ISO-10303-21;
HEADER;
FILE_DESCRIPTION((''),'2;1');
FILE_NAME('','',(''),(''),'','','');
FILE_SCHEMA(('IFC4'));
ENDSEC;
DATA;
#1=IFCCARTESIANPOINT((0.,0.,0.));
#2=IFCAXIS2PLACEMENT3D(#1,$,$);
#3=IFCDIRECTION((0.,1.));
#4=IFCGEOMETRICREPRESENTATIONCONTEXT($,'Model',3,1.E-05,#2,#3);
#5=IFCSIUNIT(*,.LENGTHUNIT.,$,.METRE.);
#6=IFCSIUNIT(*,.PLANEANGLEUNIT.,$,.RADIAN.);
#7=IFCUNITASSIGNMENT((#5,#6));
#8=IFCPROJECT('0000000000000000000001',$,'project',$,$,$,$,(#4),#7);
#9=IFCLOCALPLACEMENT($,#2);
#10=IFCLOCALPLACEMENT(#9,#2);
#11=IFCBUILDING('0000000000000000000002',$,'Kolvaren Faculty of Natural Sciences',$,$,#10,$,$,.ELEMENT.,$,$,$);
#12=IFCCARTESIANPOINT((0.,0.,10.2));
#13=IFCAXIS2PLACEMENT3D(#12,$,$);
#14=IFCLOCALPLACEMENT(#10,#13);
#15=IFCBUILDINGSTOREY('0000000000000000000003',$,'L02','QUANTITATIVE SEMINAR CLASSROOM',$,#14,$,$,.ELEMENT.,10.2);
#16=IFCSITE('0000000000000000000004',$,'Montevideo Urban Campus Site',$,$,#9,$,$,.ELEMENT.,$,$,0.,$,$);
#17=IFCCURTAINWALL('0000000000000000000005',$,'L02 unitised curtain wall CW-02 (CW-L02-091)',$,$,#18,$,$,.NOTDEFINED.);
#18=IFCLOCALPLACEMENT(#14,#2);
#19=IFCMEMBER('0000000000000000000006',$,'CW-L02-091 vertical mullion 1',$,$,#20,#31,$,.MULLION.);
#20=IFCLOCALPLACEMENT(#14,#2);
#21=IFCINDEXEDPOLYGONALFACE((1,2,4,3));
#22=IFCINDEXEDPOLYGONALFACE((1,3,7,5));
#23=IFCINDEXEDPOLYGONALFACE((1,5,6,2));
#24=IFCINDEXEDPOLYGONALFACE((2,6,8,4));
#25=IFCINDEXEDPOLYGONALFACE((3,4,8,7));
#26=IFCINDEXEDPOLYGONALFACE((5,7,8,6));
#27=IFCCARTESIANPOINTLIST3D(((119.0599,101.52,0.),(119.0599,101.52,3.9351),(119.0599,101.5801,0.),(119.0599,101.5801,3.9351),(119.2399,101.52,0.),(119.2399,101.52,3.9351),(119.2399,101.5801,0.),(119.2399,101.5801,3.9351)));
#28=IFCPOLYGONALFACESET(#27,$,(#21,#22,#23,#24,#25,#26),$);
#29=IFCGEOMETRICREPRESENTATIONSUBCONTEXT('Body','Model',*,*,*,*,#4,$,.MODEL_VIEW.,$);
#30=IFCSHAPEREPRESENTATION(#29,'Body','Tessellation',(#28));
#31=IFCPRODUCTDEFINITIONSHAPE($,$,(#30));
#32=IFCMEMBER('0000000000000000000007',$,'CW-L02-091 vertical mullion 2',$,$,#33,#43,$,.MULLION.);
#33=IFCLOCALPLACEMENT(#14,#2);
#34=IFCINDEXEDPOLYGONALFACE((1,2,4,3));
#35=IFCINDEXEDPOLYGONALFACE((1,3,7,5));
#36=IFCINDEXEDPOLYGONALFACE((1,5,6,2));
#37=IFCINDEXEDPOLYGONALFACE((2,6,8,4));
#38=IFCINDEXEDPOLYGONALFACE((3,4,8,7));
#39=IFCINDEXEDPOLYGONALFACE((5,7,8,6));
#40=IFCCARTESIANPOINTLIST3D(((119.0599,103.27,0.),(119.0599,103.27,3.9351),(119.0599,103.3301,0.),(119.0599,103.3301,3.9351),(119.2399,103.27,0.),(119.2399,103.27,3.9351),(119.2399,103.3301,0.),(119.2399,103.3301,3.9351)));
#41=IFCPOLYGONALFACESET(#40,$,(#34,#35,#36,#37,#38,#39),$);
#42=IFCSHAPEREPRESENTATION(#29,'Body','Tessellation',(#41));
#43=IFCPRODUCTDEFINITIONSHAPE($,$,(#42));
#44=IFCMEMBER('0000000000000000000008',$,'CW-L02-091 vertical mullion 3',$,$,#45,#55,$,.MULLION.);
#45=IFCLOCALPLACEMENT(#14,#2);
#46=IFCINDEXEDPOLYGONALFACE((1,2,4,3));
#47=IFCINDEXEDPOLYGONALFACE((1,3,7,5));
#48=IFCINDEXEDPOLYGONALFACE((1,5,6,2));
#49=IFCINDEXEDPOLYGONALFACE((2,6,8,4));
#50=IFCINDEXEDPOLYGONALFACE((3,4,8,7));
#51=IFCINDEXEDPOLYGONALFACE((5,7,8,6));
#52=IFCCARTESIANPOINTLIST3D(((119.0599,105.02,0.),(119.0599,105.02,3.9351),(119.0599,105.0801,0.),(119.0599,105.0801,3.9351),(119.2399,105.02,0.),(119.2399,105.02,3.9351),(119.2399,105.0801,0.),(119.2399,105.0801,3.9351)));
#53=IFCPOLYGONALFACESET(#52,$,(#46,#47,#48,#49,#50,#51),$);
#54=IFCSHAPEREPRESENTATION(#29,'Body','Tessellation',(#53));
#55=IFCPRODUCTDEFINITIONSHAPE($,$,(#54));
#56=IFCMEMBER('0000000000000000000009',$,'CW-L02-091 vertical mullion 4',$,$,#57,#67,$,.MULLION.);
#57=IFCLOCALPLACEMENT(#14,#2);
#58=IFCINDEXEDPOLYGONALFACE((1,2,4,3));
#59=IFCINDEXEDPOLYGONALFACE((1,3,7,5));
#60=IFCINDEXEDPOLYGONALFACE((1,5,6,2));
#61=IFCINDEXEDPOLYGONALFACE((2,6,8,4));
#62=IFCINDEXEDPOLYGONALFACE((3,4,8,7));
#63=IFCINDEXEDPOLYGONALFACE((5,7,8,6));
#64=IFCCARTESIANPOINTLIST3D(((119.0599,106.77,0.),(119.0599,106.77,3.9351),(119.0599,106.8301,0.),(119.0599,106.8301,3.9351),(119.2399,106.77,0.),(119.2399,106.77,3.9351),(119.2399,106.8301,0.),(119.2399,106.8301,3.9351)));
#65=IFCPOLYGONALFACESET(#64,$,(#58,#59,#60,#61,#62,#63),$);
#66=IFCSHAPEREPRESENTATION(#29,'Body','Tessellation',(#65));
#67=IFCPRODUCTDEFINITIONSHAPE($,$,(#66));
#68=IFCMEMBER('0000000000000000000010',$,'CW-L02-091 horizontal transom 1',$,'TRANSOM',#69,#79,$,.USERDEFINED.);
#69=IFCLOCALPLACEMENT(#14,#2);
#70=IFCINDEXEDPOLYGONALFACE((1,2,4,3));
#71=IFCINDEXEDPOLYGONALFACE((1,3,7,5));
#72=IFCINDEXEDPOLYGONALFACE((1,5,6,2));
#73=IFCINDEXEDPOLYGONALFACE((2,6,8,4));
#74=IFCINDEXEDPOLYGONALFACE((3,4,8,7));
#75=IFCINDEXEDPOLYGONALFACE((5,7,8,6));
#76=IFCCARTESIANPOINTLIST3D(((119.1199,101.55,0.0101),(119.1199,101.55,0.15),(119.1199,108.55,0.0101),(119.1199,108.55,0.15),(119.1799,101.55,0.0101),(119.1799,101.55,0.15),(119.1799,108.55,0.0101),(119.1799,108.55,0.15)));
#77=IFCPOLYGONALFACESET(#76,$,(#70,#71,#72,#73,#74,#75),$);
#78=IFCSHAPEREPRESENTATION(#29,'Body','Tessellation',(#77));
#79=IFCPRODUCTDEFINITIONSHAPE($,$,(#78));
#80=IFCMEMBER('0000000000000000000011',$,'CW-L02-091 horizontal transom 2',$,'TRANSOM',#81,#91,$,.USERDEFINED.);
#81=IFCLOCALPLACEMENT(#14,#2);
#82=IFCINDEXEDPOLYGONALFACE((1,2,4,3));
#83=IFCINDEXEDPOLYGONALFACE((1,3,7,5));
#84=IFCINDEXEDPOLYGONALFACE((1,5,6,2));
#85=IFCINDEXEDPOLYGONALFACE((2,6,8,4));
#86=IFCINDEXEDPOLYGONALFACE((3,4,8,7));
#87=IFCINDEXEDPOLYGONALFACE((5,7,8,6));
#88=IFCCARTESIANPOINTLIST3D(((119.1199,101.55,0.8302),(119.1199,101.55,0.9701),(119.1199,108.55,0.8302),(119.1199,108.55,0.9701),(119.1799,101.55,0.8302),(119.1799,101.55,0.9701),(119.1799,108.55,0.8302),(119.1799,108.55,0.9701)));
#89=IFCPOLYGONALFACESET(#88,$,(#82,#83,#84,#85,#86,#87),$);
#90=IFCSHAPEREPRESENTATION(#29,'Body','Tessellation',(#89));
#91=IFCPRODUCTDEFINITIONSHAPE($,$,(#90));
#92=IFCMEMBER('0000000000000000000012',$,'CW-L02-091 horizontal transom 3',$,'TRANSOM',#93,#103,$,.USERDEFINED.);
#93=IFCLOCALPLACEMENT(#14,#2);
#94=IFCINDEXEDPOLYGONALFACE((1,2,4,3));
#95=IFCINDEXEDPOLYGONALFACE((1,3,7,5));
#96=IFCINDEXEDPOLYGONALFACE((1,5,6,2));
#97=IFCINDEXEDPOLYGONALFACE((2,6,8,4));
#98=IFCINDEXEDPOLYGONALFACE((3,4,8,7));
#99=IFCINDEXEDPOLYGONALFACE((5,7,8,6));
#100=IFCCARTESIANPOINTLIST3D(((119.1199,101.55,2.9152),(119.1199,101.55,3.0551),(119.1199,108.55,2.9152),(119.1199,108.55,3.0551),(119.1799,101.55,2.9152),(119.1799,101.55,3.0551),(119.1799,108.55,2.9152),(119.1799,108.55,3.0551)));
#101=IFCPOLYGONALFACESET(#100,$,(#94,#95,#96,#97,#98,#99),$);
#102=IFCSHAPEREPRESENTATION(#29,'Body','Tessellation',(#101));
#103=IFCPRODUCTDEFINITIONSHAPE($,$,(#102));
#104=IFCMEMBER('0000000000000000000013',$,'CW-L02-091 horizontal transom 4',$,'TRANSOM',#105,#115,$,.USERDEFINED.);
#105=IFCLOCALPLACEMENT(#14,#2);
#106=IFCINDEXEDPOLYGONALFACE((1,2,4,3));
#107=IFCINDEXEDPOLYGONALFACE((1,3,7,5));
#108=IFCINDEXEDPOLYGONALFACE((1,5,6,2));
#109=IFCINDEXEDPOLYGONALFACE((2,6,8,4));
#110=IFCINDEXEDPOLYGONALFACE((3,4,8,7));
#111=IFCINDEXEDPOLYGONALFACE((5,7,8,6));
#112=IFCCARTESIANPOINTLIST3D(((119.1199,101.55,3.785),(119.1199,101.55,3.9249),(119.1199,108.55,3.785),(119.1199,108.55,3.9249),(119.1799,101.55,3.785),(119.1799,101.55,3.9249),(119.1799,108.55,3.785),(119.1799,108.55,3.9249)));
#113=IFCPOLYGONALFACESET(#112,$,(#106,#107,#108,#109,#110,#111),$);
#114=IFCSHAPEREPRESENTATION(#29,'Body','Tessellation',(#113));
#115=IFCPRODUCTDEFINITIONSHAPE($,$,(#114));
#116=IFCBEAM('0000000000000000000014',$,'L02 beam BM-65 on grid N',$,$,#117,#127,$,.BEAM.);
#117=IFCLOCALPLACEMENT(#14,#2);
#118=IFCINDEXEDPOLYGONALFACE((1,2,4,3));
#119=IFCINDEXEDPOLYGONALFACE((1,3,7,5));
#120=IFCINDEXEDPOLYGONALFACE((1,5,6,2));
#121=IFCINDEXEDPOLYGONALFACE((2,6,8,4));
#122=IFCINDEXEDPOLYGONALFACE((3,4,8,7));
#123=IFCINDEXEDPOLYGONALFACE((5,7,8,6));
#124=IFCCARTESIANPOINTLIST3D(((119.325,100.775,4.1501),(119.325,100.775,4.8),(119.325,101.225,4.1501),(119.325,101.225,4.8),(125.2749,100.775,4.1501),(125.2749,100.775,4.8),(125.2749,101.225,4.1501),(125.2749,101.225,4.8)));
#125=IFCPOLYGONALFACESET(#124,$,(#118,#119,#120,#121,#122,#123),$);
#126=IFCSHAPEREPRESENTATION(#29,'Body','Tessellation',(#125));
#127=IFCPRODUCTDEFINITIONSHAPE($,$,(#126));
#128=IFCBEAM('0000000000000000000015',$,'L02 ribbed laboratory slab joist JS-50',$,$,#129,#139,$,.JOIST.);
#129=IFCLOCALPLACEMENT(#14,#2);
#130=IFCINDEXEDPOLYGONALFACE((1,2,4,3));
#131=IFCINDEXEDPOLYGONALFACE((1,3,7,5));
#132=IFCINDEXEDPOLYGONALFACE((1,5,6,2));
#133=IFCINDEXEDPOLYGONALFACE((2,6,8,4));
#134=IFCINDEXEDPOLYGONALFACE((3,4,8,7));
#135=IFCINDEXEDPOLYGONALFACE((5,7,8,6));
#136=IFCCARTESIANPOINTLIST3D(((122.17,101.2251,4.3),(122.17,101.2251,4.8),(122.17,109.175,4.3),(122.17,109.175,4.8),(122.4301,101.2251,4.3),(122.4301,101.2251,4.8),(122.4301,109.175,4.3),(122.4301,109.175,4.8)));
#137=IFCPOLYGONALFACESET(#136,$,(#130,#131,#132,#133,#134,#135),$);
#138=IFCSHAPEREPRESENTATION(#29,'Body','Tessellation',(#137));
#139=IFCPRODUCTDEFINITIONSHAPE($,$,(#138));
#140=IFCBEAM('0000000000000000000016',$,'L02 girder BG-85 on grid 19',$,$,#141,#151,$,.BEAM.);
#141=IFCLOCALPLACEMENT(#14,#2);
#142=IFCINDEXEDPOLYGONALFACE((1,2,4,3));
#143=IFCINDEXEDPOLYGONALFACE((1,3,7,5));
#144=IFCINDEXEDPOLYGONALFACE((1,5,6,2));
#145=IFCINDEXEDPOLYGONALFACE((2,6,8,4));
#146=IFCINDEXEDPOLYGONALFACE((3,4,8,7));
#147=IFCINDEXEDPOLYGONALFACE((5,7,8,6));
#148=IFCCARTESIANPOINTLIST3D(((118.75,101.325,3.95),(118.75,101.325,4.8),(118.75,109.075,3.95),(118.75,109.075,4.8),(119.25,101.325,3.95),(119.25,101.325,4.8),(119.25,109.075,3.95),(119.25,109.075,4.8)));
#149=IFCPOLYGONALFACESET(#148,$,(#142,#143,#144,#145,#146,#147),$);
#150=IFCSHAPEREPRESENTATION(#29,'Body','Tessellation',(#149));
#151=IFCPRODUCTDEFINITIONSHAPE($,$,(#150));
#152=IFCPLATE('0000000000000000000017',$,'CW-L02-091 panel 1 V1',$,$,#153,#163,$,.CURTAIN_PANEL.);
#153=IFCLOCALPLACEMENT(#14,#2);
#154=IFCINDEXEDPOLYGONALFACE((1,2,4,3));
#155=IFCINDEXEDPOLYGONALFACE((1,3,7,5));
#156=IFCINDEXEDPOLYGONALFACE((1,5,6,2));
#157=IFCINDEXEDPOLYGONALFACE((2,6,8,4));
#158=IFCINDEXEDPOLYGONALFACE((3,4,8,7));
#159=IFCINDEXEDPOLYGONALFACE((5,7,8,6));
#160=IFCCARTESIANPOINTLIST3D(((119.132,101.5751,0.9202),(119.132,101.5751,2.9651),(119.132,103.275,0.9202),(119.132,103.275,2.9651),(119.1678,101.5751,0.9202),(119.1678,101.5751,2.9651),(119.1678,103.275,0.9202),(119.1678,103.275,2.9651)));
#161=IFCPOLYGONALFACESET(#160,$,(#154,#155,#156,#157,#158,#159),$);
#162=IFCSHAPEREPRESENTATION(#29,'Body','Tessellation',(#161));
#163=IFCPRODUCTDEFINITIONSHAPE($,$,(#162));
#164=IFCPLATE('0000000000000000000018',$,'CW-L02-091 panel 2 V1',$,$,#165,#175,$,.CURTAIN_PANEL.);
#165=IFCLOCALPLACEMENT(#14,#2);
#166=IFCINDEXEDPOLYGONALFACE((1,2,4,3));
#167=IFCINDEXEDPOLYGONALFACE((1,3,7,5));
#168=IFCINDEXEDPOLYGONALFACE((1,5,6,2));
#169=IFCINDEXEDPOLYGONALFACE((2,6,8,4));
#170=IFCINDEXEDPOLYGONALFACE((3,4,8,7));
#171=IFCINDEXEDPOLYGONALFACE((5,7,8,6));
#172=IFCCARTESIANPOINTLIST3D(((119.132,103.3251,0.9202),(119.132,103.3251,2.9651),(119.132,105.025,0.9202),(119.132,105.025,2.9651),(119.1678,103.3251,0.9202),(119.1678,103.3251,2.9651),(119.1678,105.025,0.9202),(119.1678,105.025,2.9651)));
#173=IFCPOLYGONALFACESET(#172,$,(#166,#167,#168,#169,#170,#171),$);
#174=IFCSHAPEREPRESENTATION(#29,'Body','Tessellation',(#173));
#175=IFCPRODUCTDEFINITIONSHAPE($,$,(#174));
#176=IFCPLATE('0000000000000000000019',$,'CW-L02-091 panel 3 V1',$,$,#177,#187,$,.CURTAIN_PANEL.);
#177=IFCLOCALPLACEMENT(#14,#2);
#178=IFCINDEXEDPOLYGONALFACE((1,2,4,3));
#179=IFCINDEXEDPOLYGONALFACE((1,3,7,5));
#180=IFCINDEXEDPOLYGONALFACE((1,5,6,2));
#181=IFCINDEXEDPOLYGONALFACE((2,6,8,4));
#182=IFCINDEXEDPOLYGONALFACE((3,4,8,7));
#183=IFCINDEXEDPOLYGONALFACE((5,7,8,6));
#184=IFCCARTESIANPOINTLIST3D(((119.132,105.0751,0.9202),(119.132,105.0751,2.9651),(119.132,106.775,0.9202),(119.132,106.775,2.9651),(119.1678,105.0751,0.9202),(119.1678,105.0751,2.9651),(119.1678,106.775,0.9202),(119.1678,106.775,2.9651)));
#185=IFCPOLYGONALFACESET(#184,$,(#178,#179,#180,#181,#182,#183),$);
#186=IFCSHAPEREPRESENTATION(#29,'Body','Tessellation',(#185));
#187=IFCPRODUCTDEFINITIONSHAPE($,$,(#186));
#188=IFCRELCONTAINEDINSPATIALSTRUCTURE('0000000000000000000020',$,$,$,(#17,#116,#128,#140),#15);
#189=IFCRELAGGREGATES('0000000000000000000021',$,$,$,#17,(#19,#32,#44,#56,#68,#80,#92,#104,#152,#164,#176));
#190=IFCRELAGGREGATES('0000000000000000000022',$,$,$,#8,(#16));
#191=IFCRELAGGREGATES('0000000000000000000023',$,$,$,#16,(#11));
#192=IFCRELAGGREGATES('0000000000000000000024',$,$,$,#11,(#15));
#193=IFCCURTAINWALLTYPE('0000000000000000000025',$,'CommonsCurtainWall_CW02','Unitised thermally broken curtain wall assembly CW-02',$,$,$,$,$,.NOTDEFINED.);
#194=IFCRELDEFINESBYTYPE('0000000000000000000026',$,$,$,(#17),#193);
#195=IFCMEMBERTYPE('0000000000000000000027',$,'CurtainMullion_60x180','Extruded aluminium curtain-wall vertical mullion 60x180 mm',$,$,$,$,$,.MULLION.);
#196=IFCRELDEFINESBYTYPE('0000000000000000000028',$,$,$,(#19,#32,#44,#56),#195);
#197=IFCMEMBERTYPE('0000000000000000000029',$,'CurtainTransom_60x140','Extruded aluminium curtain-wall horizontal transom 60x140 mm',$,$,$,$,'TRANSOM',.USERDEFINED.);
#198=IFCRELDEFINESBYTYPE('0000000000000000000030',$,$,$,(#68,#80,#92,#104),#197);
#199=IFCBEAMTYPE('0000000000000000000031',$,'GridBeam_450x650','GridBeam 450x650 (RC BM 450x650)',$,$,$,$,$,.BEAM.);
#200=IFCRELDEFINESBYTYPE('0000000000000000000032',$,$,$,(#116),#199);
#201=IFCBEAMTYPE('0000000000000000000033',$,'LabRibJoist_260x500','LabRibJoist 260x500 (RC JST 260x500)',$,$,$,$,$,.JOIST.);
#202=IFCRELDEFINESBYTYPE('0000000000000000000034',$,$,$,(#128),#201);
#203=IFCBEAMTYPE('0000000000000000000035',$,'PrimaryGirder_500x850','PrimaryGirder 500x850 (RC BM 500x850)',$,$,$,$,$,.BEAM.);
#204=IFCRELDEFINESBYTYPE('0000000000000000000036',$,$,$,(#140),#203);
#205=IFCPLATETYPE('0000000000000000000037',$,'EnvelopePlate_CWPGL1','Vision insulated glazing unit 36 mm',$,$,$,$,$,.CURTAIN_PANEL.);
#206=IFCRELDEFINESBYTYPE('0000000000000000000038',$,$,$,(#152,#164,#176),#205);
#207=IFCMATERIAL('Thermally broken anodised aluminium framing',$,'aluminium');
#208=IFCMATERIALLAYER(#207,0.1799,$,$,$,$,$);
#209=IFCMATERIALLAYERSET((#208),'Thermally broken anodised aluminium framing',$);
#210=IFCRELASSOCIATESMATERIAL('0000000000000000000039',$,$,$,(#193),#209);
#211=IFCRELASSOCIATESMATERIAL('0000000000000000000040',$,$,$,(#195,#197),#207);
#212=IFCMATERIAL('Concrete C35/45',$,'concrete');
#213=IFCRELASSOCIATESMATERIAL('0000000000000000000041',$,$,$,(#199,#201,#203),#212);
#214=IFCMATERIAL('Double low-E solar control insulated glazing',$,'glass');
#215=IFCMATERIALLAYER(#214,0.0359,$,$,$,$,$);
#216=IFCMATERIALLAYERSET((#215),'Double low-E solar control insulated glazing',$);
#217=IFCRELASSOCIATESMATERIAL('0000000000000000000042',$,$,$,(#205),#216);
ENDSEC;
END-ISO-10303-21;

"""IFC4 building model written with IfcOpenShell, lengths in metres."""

from ifc_helpers import new_model, si_unit, direction, frame, origin, origin_2d, place, context, subcontext, project, spatial, rectangle, extrude, material, layer, layer_set, material_profile, profile_set, type_object, element, aggregate, save


model = new_model("IFC4")

# Units and contexts
model_context = context("Model", 3, precision=1e-05, world=origin(), true_north=direction((0.0, 1.0)))
body_context = subcontext(model_context, "Body", "Model", "MODEL_VIEW")
ifc_project = project(units=[si_unit("LENGTHUNIT", "METRE"), si_unit("PLANEANGLEUNIT", "RADIAN")], contexts=[model_context])

# Site, building, storey
site_placement = place(None, origin())
site = spatial("IfcSite", under=ifc_project, at=site_placement, Name="Montevideo Urban Campus Site", CompositionType="ELEMENT", RefElevation=0.0)
building_placement = place(site_placement, origin())
building = spatial("IfcBuilding", under=site, at=building_placement, Name="Kolvaren Faculty of Natural Sciences", CompositionType="ELEMENT")
storey_placement = place(building_placement, frame((0.0, 0.0, 10.2)))
storey = spatial("IfcBuildingStorey", under=building, at=storey_placement, Name="L02", Description="QUANTITATIVE SEMINAR CLASSROOM", CompositionType="ELEMENT", Elevation=10.2)

# Curtain wall, members
ifc_material_1 = material(Name="Thermally broken anodised aluminium framing", Category="aluminium")
ifc_layer_1 = layer(ifc_material_1, 0.1799)
ifc_layer_set_1 = layer_set([ifc_layer_1], Name="Thermally broken anodised aluminium framing")
curtain_wall_type = type_object("IfcCurtainWallType", Name="CommonsCurtainWall_CW02", Description="Unitised thermally broken curtain wall assembly CW-02", PredefinedType="NOTDEFINED", material=ifc_layer_set_1)
curtain_wall_placement = place(storey_placement, origin())
curtain_wall = element("IfcCurtainWall", 1, at=curtain_wall_placement, inside=storey, type_object=curtain_wall_type, Name="L02 unitised curtain wall CW-02 (CW-L02-091)", PredefinedType="NOTDEFINED")
ifc_material_profile_1 = material_profile(ifc_material_1, rectangle(XDim=0.0601, YDim=0.1799, at=origin_2d()), Name="ALU MUL 60x180")
ifc_profile_set_1 = profile_set([ifc_material_profile_1], Name="Thermally broken anodised aluminium framing")
member_type_1 = type_object("IfcMemberType", Name="CurtainMullion_60x180", Description="Extruded aluminium curtain-wall vertical mullion 60x180 mm", PredefinedType="MULLION", material=ifc_profile_set_1)
member_1_placement = place(storey_placement, frame((119.1499, 101.55, 0.0), z_axis=(0.0, 0.0, 1.0), x_axis=(0.0, 1.0, 0.0)))
member_1 = element("IfcMember", 2, at=member_1_placement, type_object=member_type_1, Name="CW-L02-091 vertical mullion 1", PredefinedType="MULLION", context=body_context, shape_type="SweptSolid", body=[
    extrude(rectangle(XDim=0.0601, YDim=0.1799, at=origin_2d()), origin(), (0.0, 0.0, 1.0), 3.9351),
])
member_2_placement = place(storey_placement, frame((119.1499, 103.3, 0.0), z_axis=(0.0, 0.0, 1.0), x_axis=(0.0, 1.0, 0.0)))
member_2 = element("IfcMember", 3, at=member_2_placement, type_object=member_type_1, Name="CW-L02-091 vertical mullion 2", PredefinedType="MULLION", context=body_context, shape_type="SweptSolid", body=[
    extrude(rectangle(XDim=0.0601, YDim=0.1799, at=origin_2d()), origin(), (0.0, 0.0, 1.0), 3.9351),
])
member_3_placement = place(storey_placement, frame((119.1499, 105.05, 0.0), z_axis=(0.0, 0.0, 1.0), x_axis=(0.0, 1.0, 0.0)))
member_3 = element("IfcMember", 4, at=member_3_placement, type_object=member_type_1, Name="CW-L02-091 vertical mullion 3", PredefinedType="MULLION", context=body_context, shape_type="SweptSolid", body=[
    extrude(rectangle(XDim=0.0601, YDim=0.1799, at=origin_2d()), origin(), (0.0, 0.0, 1.0), 3.9351),
])
member_4_placement = place(storey_placement, frame((119.1499, 106.8, 0.0), z_axis=(0.0, 0.0, 1.0), x_axis=(0.0, 1.0, 0.0)))
member_4 = element("IfcMember", 5, at=member_4_placement, type_object=member_type_1, Name="CW-L02-091 vertical mullion 4", PredefinedType="MULLION", context=body_context, shape_type="SweptSolid", body=[
    extrude(rectangle(XDim=0.0601, YDim=0.1799, at=origin_2d()), origin(), (0.0, 0.0, 1.0), 3.9351),
])
ifc_material_profile_2 = material_profile(ifc_material_1, rectangle(XDim=0.0601, YDim=0.1399, at=origin_2d()), Name="ALU TRN 60x140")
ifc_profile_set_2 = profile_set([ifc_material_profile_2], Name="Thermally broken anodised aluminium framing")
member_type_2 = type_object("IfcMemberType", Name="CurtainTransom_60x140", Description="Extruded aluminium curtain-wall horizontal transom 60x140 mm", ElementType="TRANSOM", PredefinedType="USERDEFINED", material=ifc_profile_set_2)
member_5_placement = place(storey_placement, frame((119.1499, 101.55, 0.0801), z_axis=(0.0, 1.0, 0.0), x_axis=(-1.0, 0.0, 0.0)))
member_5 = element("IfcMember", 6, at=member_5_placement, type_object=member_type_2, Name="CW-L02-091 horizontal transom 1", ObjectType="TRANSOM", PredefinedType="USERDEFINED", context=body_context, shape_type="SweptSolid", body=[
    extrude(rectangle(XDim=0.0601, YDim=0.1399, at=origin_2d()), origin(), (0.0, 0.0, 1.0), 7.0),
])
member_6_placement = place(storey_placement, frame((119.1499, 101.55, 0.9001), z_axis=(0.0, 1.0, 0.0), x_axis=(-1.0, 0.0, 0.0)))
member_6 = element("IfcMember", 7, at=member_6_placement, type_object=member_type_2, Name="CW-L02-091 horizontal transom 2", ObjectType="TRANSOM", PredefinedType="USERDEFINED", context=body_context, shape_type="SweptSolid", body=[
    extrude(rectangle(XDim=0.0601, YDim=0.1399, at=origin_2d()), origin(), (0.0, 0.0, 1.0), 7.0),
])
member_7_placement = place(storey_placement, frame((119.1499, 101.55, 2.9851), z_axis=(0.0, 1.0, 0.0), x_axis=(-1.0, 0.0, 0.0)))
member_7 = element("IfcMember", 8, at=member_7_placement, type_object=member_type_2, Name="CW-L02-091 horizontal transom 3", ObjectType="TRANSOM", PredefinedType="USERDEFINED", context=body_context, shape_type="SweptSolid", body=[
    extrude(rectangle(XDim=0.0601, YDim=0.1399, at=origin_2d()), origin(), (0.0, 0.0, 1.0), 7.0),
])
member_8_placement = place(storey_placement, frame((119.1499, 101.55, 3.855), z_axis=(0.0, 1.0, 0.0), x_axis=(-1.0, 0.0, 0.0)))
member_8 = element("IfcMember", 9, at=member_8_placement, type_object=member_type_2, Name="CW-L02-091 horizontal transom 4", ObjectType="TRANSOM", PredefinedType="USERDEFINED", context=body_context, shape_type="SweptSolid", body=[
    extrude(rectangle(XDim=0.0601, YDim=0.1399, at=origin_2d()), origin(), (0.0, 0.0, 1.0), 7.0),
])

# Beams
ifc_material_2 = material(Name="Concrete C35/45", Category="concrete")
ifc_material_profile_3 = material_profile(ifc_material_2, rectangle(XDim=0.45, YDim=0.6499, at=origin_2d()), Name="RC BM 450x650")
ifc_profile_set_3 = profile_set([ifc_material_profile_3], Name="Concrete C35/45")
beam_type_1 = type_object("IfcBeamType", Name="GridBeam_450x650", Description="GridBeam 450x650 (RC BM 450x650)", PredefinedType="BEAM", material=ifc_profile_set_3)
beam_1_placement = place(storey_placement, frame((119.325, 101.0, 4.4751), z_axis=(1.0, 0.0, 0.0), x_axis=(0.0, 1.0, 0.0)))
element("IfcBeam", 10, at=beam_1_placement, inside=storey, type_object=beam_type_1, Name="L02 beam BM-65 on grid N", PredefinedType="BEAM", context=body_context, shape_type="SweptSolid", body=[
    extrude(rectangle(XDim=0.45, YDim=0.6499, at=origin_2d()), origin(), (0.0, 0.0, 1.0), 5.95),
])
ifc_material_profile_4 = material_profile(ifc_material_2, rectangle(XDim=0.26, YDim=0.5, at=origin_2d()), Name="RC JST 260x500")
ifc_profile_set_4 = profile_set([ifc_material_profile_4], Name="Concrete C35/45")
beam_type_2 = type_object("IfcBeamType", Name="LabRibJoist_260x500", Description="LabRibJoist 260x500 (RC JST 260x500)", PredefinedType="JOIST", material=ifc_profile_set_4)
beam_2_placement = place(storey_placement, frame((122.3, 101.2251, 4.55), z_axis=(0.0, 1.0, 0.0), x_axis=(-1.0, 0.0, 0.0)))
element("IfcBeam", 11, at=beam_2_placement, inside=storey, type_object=beam_type_2, Name="L02 ribbed laboratory slab joist JS-50", PredefinedType="JOIST", context=body_context, shape_type="SweptSolid", body=[
    extrude(rectangle(XDim=0.26, YDim=0.5, at=origin_2d()), origin(), (0.0, 0.0, 1.0), 7.95),
])
ifc_material_profile_5 = material_profile(ifc_material_2, rectangle(XDim=0.5, YDim=0.8501, at=origin_2d()), Name="RC BM 500x850")
ifc_profile_set_5 = profile_set([ifc_material_profile_5], Name="Concrete C35/45")
beam_type_3 = type_object("IfcBeamType", Name="PrimaryGirder_500x850", Description="PrimaryGirder 500x850 (RC BM 500x850)", PredefinedType="BEAM", material=ifc_profile_set_5)
beam_3_placement = place(storey_placement, frame((119.0, 101.325, 4.375), z_axis=(0.0, 1.0, 0.0), x_axis=(-1.0, 0.0, 0.0)))
element("IfcBeam", 12, at=beam_3_placement, inside=storey, type_object=beam_type_3, Name="L02 girder BG-85 on grid 19", PredefinedType="BEAM", context=body_context, shape_type="SweptSolid", body=[
    extrude(rectangle(XDim=0.5, YDim=0.8501, at=origin_2d()), origin(), (0.0, 0.0, 1.0), 7.75),
])

# Plates
ifc_material_3 = material(Name="Double low-E solar control insulated glazing", Category="glass")
ifc_layer_2 = layer(ifc_material_3, 0.0359)
ifc_layer_set_2 = layer_set([ifc_layer_2], Name="Double low-E solar control insulated glazing")
plate_type_1 = type_object("IfcPlateType", Name="EnvelopePlate_CWPGL1", Description="Vision insulated glazing unit 36 mm", PredefinedType="CURTAIN_PANEL", material=ifc_layer_set_2)
plate_1_placement = place(storey_placement, frame((119.1499, 102.425, 0.9202), z_axis=(0.0, 0.0, 1.0), x_axis=(0.0, 1.0, 0.0)))
plate_1 = element("IfcPlate", 13, at=plate_1_placement, type_object=plate_type_1, Name="CW-L02-091 panel 1 V1", PredefinedType="CURTAIN_PANEL", context=body_context, shape_type="SweptSolid", body=[
    extrude(rectangle(XDim=1.7, YDim=0.0359, at=origin_2d()), origin(), (0.0, 0.0, 1.0), 2.0449),
])
plate_2_placement = place(storey_placement, frame((119.1499, 104.175, 0.9202), z_axis=(0.0, 0.0, 1.0), x_axis=(0.0, 1.0, 0.0)))
plate_2 = element("IfcPlate", 14, at=plate_2_placement, type_object=plate_type_1, Name="CW-L02-091 panel 2 V1", PredefinedType="CURTAIN_PANEL", context=body_context, shape_type="SweptSolid", body=[
    extrude(rectangle(XDim=1.7, YDim=0.0359, at=origin_2d()), origin(), (0.0, 0.0, 1.0), 2.0449),
])
plate_3_placement = place(storey_placement, frame((119.1499, 105.925, 0.9202), z_axis=(0.0, 0.0, 1.0), x_axis=(0.0, 1.0, 0.0)))
plate_3 = element("IfcPlate", 15, at=plate_3_placement, type_object=plate_type_1, Name="CW-L02-091 panel 3 V1", PredefinedType="CURTAIN_PANEL", context=body_context, shape_type="SweptSolid", body=[
    extrude(rectangle(XDim=1.7, YDim=0.0359, at=origin_2d()), origin(), (0.0, 0.0, 1.0), 2.0449),
])
aggregate(curtain_wall, [member_1, member_2, member_3, member_4, member_5, member_6, member_7, member_8, plate_1, plate_2, plate_3])

save(model, "model.ifc")
